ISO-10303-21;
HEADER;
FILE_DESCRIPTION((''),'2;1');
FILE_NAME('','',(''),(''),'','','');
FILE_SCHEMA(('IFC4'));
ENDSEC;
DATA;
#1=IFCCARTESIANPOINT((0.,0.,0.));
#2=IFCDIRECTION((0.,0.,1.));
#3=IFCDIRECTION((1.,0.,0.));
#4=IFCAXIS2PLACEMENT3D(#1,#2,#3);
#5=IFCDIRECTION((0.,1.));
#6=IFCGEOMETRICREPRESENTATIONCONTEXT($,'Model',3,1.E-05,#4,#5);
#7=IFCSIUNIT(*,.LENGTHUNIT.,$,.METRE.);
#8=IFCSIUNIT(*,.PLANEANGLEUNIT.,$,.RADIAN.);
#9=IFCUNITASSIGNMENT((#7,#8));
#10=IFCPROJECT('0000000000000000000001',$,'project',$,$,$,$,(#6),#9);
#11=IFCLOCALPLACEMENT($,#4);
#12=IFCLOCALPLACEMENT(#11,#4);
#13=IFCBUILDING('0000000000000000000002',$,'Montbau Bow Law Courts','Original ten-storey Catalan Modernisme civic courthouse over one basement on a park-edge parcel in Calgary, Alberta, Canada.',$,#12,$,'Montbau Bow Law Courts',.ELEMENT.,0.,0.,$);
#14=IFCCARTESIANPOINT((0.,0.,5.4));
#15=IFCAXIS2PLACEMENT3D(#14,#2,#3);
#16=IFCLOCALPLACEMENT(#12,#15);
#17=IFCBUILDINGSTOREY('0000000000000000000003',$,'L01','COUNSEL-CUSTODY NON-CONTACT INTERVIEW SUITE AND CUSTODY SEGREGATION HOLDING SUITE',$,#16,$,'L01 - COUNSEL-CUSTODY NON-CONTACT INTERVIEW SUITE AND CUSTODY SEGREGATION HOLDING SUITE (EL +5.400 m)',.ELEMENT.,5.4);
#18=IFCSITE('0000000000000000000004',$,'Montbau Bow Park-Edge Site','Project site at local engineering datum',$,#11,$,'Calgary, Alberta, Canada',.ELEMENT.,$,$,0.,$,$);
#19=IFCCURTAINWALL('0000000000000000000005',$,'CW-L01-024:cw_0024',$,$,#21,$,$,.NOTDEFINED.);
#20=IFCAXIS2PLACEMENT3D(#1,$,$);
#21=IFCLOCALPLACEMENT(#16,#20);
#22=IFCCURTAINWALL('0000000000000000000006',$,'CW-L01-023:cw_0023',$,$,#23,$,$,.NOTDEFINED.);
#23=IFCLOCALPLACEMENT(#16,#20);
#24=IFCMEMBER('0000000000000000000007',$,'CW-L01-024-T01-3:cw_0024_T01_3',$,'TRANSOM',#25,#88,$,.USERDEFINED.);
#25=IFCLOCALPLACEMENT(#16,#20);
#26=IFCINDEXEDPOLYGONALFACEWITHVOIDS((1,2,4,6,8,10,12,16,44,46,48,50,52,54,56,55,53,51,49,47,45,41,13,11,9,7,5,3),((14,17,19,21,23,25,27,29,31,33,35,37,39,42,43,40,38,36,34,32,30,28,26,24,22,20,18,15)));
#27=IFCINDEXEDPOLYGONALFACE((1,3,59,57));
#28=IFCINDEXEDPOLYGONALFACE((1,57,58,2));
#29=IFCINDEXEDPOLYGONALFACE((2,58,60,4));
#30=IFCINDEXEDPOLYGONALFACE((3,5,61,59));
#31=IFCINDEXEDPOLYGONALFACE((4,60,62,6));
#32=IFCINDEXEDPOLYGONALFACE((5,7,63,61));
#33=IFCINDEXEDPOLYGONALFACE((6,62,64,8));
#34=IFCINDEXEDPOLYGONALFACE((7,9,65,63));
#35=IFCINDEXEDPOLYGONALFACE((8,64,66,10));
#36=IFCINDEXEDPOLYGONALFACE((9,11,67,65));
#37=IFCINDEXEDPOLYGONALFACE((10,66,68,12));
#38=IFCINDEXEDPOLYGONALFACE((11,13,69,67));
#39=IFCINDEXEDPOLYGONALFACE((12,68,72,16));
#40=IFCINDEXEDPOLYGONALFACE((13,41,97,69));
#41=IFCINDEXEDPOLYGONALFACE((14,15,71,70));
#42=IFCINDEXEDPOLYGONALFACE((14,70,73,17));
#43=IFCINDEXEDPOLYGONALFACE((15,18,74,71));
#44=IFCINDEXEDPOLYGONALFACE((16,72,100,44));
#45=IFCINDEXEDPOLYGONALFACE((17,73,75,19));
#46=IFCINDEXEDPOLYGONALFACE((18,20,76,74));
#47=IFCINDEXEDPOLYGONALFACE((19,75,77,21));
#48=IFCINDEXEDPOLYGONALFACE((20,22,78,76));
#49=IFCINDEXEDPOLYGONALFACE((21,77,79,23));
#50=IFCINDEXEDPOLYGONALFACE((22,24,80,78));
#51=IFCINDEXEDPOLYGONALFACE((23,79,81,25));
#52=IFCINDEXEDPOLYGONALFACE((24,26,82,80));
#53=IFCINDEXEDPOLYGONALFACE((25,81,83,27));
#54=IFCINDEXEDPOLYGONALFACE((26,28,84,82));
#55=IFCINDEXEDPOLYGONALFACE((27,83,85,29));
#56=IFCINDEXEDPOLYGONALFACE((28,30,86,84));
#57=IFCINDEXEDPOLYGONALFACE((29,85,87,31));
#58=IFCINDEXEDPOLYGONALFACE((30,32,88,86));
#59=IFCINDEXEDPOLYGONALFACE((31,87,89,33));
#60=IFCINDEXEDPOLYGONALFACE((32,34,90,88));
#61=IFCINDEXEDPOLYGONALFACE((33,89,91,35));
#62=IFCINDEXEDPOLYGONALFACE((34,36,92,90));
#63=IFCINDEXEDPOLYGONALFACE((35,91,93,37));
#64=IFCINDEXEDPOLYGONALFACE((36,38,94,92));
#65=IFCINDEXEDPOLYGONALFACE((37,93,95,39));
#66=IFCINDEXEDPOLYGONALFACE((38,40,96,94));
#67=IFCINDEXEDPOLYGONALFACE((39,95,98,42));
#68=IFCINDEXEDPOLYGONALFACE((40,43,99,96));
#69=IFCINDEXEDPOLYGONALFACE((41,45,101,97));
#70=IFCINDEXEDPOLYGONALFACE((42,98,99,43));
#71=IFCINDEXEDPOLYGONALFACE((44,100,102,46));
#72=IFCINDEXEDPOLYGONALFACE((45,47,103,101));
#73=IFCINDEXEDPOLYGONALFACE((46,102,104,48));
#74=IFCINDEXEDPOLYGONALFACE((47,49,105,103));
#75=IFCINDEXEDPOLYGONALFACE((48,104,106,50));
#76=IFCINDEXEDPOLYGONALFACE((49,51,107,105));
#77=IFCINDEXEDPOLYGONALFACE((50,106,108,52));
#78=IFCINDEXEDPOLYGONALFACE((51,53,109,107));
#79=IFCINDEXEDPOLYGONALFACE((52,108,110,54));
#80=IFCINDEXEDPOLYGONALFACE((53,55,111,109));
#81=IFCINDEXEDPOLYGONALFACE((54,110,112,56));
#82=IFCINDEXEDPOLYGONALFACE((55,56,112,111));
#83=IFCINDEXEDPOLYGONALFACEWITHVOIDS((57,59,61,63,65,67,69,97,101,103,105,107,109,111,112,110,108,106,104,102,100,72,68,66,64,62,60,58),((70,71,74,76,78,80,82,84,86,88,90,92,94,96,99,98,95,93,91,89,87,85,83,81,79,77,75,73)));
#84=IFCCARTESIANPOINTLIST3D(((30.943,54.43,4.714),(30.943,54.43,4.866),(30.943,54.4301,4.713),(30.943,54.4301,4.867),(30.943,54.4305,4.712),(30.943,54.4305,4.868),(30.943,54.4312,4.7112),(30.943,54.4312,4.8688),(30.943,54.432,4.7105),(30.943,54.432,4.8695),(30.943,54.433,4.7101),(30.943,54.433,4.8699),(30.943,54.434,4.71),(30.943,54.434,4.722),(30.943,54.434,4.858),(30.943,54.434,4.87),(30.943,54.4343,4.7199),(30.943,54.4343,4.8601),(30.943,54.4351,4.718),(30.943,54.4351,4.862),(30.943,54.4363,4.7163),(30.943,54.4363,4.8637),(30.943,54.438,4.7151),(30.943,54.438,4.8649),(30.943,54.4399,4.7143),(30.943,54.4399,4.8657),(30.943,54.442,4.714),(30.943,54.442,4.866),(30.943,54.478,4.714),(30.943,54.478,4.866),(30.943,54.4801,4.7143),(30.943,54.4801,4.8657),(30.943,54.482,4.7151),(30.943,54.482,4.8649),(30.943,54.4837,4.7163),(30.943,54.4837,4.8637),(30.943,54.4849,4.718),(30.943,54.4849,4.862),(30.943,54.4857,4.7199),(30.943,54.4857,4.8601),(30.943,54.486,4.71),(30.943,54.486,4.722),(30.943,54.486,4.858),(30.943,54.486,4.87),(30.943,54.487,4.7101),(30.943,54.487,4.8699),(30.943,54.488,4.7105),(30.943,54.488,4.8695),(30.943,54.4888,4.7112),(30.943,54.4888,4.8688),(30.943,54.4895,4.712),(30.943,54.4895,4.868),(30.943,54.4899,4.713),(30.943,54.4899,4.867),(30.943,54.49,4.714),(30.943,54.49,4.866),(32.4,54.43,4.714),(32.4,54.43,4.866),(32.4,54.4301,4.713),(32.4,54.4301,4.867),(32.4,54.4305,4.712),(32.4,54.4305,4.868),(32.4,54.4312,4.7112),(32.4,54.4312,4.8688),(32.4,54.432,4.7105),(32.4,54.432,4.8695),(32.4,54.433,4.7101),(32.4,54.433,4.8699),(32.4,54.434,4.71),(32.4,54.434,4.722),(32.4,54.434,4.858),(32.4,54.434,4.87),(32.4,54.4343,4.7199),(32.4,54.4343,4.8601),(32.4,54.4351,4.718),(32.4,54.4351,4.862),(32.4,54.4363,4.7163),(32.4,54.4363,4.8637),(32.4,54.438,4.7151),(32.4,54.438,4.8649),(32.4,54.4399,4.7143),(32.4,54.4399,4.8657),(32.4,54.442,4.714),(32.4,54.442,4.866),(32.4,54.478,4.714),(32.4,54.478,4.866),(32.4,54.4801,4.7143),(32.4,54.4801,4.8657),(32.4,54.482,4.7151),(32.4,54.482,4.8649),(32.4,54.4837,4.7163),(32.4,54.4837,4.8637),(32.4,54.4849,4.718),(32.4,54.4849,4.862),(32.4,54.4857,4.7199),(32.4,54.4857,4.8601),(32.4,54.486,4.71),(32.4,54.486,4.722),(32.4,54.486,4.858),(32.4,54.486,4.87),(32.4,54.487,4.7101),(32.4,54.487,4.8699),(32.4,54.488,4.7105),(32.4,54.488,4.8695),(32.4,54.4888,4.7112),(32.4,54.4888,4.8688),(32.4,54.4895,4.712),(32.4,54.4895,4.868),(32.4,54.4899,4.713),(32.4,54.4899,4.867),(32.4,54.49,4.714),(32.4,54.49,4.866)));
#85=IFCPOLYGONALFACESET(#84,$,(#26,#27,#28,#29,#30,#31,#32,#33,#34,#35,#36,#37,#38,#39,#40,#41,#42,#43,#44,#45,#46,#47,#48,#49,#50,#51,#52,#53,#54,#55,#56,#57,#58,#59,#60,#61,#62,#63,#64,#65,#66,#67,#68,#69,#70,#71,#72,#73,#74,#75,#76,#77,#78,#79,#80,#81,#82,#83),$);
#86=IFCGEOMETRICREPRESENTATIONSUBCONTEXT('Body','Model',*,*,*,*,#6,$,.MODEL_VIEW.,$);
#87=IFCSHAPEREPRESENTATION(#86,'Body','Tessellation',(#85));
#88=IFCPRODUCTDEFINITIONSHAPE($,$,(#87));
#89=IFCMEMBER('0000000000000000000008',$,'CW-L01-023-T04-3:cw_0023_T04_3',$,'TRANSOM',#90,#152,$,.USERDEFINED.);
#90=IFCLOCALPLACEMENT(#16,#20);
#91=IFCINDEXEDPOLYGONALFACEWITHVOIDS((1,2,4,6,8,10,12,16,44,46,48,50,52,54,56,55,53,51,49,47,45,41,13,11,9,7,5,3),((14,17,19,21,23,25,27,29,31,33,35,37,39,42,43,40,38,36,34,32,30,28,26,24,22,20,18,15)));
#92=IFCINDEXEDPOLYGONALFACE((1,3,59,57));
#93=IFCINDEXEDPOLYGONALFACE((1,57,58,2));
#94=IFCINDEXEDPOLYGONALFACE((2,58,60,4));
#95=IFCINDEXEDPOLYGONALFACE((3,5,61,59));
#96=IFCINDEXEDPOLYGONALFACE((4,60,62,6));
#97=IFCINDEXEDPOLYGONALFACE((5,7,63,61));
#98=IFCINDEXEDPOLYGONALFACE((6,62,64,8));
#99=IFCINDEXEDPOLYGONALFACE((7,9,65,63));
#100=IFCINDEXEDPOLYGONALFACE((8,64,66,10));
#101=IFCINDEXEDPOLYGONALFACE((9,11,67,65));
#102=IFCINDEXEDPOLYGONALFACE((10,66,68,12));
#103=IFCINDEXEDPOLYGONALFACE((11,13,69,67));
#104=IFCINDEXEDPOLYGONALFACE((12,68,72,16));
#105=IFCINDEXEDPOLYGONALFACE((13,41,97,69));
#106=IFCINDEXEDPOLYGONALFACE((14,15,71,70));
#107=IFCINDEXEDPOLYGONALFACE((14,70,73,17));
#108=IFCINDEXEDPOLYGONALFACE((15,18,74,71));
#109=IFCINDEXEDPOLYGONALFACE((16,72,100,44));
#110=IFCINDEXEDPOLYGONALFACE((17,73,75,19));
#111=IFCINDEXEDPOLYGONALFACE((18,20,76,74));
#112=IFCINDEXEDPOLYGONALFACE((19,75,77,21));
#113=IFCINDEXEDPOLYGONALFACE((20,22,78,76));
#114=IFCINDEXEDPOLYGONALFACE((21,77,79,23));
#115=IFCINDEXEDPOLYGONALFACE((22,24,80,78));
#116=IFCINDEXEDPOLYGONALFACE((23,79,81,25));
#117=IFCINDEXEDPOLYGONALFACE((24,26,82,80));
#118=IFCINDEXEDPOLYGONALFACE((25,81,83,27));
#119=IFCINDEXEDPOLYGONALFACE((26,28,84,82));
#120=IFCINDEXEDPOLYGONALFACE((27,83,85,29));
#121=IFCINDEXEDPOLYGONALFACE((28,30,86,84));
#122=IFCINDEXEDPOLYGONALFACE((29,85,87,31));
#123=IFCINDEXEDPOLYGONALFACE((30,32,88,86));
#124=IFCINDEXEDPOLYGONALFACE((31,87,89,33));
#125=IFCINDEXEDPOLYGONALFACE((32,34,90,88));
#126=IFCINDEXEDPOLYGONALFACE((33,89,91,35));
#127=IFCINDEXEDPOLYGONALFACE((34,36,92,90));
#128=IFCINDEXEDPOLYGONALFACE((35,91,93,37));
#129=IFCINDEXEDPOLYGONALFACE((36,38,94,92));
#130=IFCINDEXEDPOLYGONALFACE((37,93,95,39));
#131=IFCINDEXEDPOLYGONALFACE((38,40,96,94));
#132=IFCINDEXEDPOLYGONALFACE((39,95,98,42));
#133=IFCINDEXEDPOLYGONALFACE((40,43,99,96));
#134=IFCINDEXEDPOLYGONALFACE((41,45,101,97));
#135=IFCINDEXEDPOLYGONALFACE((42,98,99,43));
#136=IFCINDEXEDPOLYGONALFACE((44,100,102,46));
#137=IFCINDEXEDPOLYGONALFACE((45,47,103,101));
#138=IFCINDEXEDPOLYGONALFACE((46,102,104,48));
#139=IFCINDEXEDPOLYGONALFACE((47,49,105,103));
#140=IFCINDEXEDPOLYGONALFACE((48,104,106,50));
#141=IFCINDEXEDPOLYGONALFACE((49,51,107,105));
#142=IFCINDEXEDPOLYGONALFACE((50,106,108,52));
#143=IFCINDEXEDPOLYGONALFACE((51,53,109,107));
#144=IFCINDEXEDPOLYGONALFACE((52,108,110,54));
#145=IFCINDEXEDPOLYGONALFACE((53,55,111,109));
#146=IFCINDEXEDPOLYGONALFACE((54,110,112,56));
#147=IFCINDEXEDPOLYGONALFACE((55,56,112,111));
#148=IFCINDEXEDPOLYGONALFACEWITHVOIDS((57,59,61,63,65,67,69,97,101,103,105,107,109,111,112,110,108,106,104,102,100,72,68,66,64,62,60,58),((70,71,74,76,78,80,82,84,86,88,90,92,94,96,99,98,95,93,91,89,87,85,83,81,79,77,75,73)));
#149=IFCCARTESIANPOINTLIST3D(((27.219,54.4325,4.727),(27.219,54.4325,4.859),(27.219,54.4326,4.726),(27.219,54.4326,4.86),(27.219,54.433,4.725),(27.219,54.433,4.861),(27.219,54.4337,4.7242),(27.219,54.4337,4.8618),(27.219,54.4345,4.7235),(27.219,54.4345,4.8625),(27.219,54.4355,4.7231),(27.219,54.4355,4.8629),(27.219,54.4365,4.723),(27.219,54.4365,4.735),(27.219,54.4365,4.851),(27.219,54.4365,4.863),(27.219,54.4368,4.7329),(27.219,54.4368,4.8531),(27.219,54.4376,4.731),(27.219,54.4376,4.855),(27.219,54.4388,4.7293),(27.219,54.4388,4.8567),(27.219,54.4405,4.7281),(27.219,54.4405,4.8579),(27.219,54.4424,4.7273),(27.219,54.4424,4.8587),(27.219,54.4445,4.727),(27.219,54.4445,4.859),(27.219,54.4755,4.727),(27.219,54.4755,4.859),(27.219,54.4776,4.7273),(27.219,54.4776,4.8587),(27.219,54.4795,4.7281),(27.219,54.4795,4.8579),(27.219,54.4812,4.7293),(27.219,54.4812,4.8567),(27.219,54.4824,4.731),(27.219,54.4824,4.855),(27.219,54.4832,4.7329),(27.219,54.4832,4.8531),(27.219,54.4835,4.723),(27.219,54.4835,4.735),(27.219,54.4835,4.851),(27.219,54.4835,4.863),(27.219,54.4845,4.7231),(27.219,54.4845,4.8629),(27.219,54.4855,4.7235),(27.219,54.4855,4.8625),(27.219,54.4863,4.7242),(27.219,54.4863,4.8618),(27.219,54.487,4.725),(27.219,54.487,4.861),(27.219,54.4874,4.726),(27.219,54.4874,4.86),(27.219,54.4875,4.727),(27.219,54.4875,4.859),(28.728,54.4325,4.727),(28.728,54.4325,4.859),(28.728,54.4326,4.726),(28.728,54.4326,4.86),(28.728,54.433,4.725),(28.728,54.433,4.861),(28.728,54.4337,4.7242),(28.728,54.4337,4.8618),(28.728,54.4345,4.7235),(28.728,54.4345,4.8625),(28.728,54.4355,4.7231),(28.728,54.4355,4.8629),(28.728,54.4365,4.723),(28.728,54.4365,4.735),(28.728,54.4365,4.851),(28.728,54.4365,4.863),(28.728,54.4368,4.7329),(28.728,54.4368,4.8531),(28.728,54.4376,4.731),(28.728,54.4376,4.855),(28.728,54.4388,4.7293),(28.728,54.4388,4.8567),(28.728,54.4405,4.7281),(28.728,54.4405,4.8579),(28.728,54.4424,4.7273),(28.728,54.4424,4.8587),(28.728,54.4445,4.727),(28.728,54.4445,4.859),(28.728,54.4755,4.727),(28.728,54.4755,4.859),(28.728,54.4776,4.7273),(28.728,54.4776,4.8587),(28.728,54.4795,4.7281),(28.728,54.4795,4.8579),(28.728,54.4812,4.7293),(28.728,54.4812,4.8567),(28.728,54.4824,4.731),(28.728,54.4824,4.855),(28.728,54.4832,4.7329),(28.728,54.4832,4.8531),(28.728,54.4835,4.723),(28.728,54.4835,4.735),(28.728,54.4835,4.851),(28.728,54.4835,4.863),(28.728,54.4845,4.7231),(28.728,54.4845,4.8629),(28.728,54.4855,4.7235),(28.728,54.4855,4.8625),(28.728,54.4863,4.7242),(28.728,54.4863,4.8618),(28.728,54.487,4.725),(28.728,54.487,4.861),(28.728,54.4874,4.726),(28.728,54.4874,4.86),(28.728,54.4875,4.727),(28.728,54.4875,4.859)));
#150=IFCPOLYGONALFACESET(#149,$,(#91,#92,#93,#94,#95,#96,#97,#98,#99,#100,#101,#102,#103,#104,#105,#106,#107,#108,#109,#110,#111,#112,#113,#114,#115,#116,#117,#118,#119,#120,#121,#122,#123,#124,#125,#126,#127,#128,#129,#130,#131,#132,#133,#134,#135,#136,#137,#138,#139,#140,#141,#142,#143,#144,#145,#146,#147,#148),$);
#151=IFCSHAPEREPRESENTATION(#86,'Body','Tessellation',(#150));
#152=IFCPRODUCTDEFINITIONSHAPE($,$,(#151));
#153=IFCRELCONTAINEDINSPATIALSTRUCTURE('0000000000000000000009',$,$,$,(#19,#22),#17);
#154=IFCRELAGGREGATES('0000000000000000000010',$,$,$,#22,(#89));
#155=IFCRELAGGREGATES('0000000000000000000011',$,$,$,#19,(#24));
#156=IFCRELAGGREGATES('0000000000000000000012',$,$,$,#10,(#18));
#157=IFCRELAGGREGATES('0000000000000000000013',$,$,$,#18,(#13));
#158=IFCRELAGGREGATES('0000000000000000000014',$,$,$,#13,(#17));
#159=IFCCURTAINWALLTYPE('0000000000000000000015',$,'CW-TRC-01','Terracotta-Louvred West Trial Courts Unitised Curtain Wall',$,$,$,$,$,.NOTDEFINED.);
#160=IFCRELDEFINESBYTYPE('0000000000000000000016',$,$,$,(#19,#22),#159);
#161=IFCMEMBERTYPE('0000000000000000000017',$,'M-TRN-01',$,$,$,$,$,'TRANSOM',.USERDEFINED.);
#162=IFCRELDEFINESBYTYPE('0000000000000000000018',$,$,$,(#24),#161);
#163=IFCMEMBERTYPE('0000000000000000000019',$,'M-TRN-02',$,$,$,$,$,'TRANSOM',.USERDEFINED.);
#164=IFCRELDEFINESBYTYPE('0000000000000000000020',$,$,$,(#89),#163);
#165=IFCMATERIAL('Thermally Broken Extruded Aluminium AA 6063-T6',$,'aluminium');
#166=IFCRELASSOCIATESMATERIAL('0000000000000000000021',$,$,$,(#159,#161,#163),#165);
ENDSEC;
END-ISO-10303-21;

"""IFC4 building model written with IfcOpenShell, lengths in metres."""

from ifc_helpers import new_model, si_unit, direction, frame, origin_with_axes, origin_2d_with_axis, place, context, subcontext, project, spatial, hollow_rectangle, extrude, material, material_profile, profile_set, type_object, element, aggregate, save


model = new_model("IFC4")

# Units and contexts
model_context = context("Model", 3, precision=1e-05, world=origin_with_axes(), true_north=direction((0.0, 1.0)))
body_context = subcontext(model_context, "Body", "Model", "MODEL_VIEW")
ifc_project = project(units=[si_unit("LENGTHUNIT", "METRE"), si_unit("PLANEANGLEUNIT", "RADIAN")], contexts=[model_context])

# Site, building, storey
site_placement = place(None, origin_with_axes())
site = spatial("IfcSite", under=ifc_project, at=site_placement, Name="Montbau Bow Park-Edge Site", Description="Project site at local engineering datum", LongName="Calgary, Alberta, Canada", CompositionType="ELEMENT", RefElevation=0.0)
building_placement = place(site_placement, origin_with_axes())
building = spatial("IfcBuilding", under=site, at=building_placement, Name="Montbau Bow Law Courts", Description="Original ten-storey Catalan Modernisme civic courthouse over one basement on a park-edge parcel in Calgary, Alberta, Canada.", LongName="Montbau Bow Law Courts", CompositionType="ELEMENT", ElevationOfRefHeight=0.0, ElevationOfTerrain=0.0)
storey_placement = place(building_placement, frame((0.0, 0.0, 5.4), z_axis=(0.0, 0.0, 1.0), x_axis=(1.0, 0.0, 0.0)))
storey = spatial("IfcBuildingStorey", under=building, at=storey_placement, Name="L01", Description="COUNSEL-CUSTODY NON-CONTACT INTERVIEW SUITE AND CUSTODY SEGREGATION HOLDING SUITE", LongName="L01 - COUNSEL-CUSTODY NON-CONTACT INTERVIEW SUITE AND CUSTODY SEGREGATION HOLDING SUITE (EL +5.400 m)", CompositionType="ELEMENT", Elevation=5.4)

# Curtain walls
ifc_material_1 = material(Name="Thermally Broken Extruded Aluminium AA 6063-T6", Category="aluminium")
curtain_wall_type = type_object("IfcCurtainWallType", Name="CW-TRC-01", Description="Terracotta-Louvred West Trial Courts Unitised Curtain Wall", PredefinedType="NOTDEFINED", material=ifc_material_1)
curtain_wall_1_placement = place(None, frame((30.867, 54.46, 5.4), z_axis=(0.0, 0.0, 1.0), x_axis=(1.0, 0.0, 0.0)))
curtain_wall_1 = element("IfcCurtainWall", 1, at=curtain_wall_1_placement, inside=storey, type_object=curtain_wall_type, Name="CW-L01-024:cw_0024", PredefinedType="NOTDEFINED")
curtain_wall_2_placement = place(None, frame((22.467, 54.46, 5.4), z_axis=(0.0, 0.0, 1.0), x_axis=(1.0, 0.0, 0.0)))
curtain_wall_2 = element("IfcCurtainWall", 2, at=curtain_wall_2_placement, inside=storey, type_object=curtain_wall_type, Name="CW-L01-023:cw_0023", PredefinedType="NOTDEFINED")

# Members
ifc_material_profile_1 = material_profile(ifc_material_1, hollow_rectangle(XDim=0.06, YDim=0.16, WallThickness=0.004, InnerFilletRadius=0.008, OuterFilletRadius=0.004, at=origin_2d_with_axis()), Name="CWT-160X60", Category="Main", Priority=0)
ifc_profile_set_1 = profile_set([ifc_material_profile_1], Name="Thermally Broken Extruded Aluminium AA 6063-T6")
member_type_1 = type_object("IfcMemberType", Name="M-TRN-01", ElementType="TRANSOM", PredefinedType="USERDEFINED", material=ifc_profile_set_1)
member_1_placement = place(None, frame((30.943, 54.46, 10.19), z_axis=(1.0, 0.0, 0.0), x_axis=(0.0, 1.0, 0.0)))
member_1 = element("IfcMember", 3, at=member_1_placement, type_object=member_type_1, Name="CW-L01-024-T01-3:cw_0024_T01_3", ObjectType="TRANSOM", PredefinedType="USERDEFINED", context=body_context, shape_type="SweptSolid", body=[
    extrude(hollow_rectangle(XDim=0.06, YDim=0.16, WallThickness=0.004, InnerFilletRadius=0.008, OuterFilletRadius=0.004, at=origin_2d_with_axis()), origin_with_axes(), (0.0, 0.0, 1.0), 1.457),
])
ifc_material_profile_2 = material_profile(ifc_material_1, hollow_rectangle(XDim=0.055, YDim=0.14, WallThickness=0.004, InnerFilletRadius=0.008, OuterFilletRadius=0.004, at=origin_2d_with_axis()), Name="CWT-140X55", Category="Main", Priority=0)
ifc_profile_set_2 = profile_set([ifc_material_profile_2], Name="Thermally Broken Extruded Aluminium AA 6063-T6")
member_type_2 = type_object("IfcMemberType", Name="M-TRN-02", ElementType="TRANSOM", PredefinedType="USERDEFINED", material=ifc_profile_set_2)
member_2_placement = place(None, frame((27.219, 54.46, 10.193), z_axis=(1.0, 0.0, 0.0), x_axis=(0.0, 1.0, 0.0)))
member_2 = element("IfcMember", 4, at=member_2_placement, type_object=member_type_2, Name="CW-L01-023-T04-3:cw_0023_T04_3", ObjectType="TRANSOM", PredefinedType="USERDEFINED", context=body_context, shape_type="SweptSolid", body=[
    extrude(hollow_rectangle(XDim=0.055, YDim=0.14, WallThickness=0.004, InnerFilletRadius=0.008, OuterFilletRadius=0.004, at=origin_2d_with_axis()), origin_with_axes(), (0.0, 0.0, 1.0), 1.509),
])

aggregate(curtain_wall_2, [member_2])
aggregate(curtain_wall_1, [member_1])

save(model, "model.ifc")
